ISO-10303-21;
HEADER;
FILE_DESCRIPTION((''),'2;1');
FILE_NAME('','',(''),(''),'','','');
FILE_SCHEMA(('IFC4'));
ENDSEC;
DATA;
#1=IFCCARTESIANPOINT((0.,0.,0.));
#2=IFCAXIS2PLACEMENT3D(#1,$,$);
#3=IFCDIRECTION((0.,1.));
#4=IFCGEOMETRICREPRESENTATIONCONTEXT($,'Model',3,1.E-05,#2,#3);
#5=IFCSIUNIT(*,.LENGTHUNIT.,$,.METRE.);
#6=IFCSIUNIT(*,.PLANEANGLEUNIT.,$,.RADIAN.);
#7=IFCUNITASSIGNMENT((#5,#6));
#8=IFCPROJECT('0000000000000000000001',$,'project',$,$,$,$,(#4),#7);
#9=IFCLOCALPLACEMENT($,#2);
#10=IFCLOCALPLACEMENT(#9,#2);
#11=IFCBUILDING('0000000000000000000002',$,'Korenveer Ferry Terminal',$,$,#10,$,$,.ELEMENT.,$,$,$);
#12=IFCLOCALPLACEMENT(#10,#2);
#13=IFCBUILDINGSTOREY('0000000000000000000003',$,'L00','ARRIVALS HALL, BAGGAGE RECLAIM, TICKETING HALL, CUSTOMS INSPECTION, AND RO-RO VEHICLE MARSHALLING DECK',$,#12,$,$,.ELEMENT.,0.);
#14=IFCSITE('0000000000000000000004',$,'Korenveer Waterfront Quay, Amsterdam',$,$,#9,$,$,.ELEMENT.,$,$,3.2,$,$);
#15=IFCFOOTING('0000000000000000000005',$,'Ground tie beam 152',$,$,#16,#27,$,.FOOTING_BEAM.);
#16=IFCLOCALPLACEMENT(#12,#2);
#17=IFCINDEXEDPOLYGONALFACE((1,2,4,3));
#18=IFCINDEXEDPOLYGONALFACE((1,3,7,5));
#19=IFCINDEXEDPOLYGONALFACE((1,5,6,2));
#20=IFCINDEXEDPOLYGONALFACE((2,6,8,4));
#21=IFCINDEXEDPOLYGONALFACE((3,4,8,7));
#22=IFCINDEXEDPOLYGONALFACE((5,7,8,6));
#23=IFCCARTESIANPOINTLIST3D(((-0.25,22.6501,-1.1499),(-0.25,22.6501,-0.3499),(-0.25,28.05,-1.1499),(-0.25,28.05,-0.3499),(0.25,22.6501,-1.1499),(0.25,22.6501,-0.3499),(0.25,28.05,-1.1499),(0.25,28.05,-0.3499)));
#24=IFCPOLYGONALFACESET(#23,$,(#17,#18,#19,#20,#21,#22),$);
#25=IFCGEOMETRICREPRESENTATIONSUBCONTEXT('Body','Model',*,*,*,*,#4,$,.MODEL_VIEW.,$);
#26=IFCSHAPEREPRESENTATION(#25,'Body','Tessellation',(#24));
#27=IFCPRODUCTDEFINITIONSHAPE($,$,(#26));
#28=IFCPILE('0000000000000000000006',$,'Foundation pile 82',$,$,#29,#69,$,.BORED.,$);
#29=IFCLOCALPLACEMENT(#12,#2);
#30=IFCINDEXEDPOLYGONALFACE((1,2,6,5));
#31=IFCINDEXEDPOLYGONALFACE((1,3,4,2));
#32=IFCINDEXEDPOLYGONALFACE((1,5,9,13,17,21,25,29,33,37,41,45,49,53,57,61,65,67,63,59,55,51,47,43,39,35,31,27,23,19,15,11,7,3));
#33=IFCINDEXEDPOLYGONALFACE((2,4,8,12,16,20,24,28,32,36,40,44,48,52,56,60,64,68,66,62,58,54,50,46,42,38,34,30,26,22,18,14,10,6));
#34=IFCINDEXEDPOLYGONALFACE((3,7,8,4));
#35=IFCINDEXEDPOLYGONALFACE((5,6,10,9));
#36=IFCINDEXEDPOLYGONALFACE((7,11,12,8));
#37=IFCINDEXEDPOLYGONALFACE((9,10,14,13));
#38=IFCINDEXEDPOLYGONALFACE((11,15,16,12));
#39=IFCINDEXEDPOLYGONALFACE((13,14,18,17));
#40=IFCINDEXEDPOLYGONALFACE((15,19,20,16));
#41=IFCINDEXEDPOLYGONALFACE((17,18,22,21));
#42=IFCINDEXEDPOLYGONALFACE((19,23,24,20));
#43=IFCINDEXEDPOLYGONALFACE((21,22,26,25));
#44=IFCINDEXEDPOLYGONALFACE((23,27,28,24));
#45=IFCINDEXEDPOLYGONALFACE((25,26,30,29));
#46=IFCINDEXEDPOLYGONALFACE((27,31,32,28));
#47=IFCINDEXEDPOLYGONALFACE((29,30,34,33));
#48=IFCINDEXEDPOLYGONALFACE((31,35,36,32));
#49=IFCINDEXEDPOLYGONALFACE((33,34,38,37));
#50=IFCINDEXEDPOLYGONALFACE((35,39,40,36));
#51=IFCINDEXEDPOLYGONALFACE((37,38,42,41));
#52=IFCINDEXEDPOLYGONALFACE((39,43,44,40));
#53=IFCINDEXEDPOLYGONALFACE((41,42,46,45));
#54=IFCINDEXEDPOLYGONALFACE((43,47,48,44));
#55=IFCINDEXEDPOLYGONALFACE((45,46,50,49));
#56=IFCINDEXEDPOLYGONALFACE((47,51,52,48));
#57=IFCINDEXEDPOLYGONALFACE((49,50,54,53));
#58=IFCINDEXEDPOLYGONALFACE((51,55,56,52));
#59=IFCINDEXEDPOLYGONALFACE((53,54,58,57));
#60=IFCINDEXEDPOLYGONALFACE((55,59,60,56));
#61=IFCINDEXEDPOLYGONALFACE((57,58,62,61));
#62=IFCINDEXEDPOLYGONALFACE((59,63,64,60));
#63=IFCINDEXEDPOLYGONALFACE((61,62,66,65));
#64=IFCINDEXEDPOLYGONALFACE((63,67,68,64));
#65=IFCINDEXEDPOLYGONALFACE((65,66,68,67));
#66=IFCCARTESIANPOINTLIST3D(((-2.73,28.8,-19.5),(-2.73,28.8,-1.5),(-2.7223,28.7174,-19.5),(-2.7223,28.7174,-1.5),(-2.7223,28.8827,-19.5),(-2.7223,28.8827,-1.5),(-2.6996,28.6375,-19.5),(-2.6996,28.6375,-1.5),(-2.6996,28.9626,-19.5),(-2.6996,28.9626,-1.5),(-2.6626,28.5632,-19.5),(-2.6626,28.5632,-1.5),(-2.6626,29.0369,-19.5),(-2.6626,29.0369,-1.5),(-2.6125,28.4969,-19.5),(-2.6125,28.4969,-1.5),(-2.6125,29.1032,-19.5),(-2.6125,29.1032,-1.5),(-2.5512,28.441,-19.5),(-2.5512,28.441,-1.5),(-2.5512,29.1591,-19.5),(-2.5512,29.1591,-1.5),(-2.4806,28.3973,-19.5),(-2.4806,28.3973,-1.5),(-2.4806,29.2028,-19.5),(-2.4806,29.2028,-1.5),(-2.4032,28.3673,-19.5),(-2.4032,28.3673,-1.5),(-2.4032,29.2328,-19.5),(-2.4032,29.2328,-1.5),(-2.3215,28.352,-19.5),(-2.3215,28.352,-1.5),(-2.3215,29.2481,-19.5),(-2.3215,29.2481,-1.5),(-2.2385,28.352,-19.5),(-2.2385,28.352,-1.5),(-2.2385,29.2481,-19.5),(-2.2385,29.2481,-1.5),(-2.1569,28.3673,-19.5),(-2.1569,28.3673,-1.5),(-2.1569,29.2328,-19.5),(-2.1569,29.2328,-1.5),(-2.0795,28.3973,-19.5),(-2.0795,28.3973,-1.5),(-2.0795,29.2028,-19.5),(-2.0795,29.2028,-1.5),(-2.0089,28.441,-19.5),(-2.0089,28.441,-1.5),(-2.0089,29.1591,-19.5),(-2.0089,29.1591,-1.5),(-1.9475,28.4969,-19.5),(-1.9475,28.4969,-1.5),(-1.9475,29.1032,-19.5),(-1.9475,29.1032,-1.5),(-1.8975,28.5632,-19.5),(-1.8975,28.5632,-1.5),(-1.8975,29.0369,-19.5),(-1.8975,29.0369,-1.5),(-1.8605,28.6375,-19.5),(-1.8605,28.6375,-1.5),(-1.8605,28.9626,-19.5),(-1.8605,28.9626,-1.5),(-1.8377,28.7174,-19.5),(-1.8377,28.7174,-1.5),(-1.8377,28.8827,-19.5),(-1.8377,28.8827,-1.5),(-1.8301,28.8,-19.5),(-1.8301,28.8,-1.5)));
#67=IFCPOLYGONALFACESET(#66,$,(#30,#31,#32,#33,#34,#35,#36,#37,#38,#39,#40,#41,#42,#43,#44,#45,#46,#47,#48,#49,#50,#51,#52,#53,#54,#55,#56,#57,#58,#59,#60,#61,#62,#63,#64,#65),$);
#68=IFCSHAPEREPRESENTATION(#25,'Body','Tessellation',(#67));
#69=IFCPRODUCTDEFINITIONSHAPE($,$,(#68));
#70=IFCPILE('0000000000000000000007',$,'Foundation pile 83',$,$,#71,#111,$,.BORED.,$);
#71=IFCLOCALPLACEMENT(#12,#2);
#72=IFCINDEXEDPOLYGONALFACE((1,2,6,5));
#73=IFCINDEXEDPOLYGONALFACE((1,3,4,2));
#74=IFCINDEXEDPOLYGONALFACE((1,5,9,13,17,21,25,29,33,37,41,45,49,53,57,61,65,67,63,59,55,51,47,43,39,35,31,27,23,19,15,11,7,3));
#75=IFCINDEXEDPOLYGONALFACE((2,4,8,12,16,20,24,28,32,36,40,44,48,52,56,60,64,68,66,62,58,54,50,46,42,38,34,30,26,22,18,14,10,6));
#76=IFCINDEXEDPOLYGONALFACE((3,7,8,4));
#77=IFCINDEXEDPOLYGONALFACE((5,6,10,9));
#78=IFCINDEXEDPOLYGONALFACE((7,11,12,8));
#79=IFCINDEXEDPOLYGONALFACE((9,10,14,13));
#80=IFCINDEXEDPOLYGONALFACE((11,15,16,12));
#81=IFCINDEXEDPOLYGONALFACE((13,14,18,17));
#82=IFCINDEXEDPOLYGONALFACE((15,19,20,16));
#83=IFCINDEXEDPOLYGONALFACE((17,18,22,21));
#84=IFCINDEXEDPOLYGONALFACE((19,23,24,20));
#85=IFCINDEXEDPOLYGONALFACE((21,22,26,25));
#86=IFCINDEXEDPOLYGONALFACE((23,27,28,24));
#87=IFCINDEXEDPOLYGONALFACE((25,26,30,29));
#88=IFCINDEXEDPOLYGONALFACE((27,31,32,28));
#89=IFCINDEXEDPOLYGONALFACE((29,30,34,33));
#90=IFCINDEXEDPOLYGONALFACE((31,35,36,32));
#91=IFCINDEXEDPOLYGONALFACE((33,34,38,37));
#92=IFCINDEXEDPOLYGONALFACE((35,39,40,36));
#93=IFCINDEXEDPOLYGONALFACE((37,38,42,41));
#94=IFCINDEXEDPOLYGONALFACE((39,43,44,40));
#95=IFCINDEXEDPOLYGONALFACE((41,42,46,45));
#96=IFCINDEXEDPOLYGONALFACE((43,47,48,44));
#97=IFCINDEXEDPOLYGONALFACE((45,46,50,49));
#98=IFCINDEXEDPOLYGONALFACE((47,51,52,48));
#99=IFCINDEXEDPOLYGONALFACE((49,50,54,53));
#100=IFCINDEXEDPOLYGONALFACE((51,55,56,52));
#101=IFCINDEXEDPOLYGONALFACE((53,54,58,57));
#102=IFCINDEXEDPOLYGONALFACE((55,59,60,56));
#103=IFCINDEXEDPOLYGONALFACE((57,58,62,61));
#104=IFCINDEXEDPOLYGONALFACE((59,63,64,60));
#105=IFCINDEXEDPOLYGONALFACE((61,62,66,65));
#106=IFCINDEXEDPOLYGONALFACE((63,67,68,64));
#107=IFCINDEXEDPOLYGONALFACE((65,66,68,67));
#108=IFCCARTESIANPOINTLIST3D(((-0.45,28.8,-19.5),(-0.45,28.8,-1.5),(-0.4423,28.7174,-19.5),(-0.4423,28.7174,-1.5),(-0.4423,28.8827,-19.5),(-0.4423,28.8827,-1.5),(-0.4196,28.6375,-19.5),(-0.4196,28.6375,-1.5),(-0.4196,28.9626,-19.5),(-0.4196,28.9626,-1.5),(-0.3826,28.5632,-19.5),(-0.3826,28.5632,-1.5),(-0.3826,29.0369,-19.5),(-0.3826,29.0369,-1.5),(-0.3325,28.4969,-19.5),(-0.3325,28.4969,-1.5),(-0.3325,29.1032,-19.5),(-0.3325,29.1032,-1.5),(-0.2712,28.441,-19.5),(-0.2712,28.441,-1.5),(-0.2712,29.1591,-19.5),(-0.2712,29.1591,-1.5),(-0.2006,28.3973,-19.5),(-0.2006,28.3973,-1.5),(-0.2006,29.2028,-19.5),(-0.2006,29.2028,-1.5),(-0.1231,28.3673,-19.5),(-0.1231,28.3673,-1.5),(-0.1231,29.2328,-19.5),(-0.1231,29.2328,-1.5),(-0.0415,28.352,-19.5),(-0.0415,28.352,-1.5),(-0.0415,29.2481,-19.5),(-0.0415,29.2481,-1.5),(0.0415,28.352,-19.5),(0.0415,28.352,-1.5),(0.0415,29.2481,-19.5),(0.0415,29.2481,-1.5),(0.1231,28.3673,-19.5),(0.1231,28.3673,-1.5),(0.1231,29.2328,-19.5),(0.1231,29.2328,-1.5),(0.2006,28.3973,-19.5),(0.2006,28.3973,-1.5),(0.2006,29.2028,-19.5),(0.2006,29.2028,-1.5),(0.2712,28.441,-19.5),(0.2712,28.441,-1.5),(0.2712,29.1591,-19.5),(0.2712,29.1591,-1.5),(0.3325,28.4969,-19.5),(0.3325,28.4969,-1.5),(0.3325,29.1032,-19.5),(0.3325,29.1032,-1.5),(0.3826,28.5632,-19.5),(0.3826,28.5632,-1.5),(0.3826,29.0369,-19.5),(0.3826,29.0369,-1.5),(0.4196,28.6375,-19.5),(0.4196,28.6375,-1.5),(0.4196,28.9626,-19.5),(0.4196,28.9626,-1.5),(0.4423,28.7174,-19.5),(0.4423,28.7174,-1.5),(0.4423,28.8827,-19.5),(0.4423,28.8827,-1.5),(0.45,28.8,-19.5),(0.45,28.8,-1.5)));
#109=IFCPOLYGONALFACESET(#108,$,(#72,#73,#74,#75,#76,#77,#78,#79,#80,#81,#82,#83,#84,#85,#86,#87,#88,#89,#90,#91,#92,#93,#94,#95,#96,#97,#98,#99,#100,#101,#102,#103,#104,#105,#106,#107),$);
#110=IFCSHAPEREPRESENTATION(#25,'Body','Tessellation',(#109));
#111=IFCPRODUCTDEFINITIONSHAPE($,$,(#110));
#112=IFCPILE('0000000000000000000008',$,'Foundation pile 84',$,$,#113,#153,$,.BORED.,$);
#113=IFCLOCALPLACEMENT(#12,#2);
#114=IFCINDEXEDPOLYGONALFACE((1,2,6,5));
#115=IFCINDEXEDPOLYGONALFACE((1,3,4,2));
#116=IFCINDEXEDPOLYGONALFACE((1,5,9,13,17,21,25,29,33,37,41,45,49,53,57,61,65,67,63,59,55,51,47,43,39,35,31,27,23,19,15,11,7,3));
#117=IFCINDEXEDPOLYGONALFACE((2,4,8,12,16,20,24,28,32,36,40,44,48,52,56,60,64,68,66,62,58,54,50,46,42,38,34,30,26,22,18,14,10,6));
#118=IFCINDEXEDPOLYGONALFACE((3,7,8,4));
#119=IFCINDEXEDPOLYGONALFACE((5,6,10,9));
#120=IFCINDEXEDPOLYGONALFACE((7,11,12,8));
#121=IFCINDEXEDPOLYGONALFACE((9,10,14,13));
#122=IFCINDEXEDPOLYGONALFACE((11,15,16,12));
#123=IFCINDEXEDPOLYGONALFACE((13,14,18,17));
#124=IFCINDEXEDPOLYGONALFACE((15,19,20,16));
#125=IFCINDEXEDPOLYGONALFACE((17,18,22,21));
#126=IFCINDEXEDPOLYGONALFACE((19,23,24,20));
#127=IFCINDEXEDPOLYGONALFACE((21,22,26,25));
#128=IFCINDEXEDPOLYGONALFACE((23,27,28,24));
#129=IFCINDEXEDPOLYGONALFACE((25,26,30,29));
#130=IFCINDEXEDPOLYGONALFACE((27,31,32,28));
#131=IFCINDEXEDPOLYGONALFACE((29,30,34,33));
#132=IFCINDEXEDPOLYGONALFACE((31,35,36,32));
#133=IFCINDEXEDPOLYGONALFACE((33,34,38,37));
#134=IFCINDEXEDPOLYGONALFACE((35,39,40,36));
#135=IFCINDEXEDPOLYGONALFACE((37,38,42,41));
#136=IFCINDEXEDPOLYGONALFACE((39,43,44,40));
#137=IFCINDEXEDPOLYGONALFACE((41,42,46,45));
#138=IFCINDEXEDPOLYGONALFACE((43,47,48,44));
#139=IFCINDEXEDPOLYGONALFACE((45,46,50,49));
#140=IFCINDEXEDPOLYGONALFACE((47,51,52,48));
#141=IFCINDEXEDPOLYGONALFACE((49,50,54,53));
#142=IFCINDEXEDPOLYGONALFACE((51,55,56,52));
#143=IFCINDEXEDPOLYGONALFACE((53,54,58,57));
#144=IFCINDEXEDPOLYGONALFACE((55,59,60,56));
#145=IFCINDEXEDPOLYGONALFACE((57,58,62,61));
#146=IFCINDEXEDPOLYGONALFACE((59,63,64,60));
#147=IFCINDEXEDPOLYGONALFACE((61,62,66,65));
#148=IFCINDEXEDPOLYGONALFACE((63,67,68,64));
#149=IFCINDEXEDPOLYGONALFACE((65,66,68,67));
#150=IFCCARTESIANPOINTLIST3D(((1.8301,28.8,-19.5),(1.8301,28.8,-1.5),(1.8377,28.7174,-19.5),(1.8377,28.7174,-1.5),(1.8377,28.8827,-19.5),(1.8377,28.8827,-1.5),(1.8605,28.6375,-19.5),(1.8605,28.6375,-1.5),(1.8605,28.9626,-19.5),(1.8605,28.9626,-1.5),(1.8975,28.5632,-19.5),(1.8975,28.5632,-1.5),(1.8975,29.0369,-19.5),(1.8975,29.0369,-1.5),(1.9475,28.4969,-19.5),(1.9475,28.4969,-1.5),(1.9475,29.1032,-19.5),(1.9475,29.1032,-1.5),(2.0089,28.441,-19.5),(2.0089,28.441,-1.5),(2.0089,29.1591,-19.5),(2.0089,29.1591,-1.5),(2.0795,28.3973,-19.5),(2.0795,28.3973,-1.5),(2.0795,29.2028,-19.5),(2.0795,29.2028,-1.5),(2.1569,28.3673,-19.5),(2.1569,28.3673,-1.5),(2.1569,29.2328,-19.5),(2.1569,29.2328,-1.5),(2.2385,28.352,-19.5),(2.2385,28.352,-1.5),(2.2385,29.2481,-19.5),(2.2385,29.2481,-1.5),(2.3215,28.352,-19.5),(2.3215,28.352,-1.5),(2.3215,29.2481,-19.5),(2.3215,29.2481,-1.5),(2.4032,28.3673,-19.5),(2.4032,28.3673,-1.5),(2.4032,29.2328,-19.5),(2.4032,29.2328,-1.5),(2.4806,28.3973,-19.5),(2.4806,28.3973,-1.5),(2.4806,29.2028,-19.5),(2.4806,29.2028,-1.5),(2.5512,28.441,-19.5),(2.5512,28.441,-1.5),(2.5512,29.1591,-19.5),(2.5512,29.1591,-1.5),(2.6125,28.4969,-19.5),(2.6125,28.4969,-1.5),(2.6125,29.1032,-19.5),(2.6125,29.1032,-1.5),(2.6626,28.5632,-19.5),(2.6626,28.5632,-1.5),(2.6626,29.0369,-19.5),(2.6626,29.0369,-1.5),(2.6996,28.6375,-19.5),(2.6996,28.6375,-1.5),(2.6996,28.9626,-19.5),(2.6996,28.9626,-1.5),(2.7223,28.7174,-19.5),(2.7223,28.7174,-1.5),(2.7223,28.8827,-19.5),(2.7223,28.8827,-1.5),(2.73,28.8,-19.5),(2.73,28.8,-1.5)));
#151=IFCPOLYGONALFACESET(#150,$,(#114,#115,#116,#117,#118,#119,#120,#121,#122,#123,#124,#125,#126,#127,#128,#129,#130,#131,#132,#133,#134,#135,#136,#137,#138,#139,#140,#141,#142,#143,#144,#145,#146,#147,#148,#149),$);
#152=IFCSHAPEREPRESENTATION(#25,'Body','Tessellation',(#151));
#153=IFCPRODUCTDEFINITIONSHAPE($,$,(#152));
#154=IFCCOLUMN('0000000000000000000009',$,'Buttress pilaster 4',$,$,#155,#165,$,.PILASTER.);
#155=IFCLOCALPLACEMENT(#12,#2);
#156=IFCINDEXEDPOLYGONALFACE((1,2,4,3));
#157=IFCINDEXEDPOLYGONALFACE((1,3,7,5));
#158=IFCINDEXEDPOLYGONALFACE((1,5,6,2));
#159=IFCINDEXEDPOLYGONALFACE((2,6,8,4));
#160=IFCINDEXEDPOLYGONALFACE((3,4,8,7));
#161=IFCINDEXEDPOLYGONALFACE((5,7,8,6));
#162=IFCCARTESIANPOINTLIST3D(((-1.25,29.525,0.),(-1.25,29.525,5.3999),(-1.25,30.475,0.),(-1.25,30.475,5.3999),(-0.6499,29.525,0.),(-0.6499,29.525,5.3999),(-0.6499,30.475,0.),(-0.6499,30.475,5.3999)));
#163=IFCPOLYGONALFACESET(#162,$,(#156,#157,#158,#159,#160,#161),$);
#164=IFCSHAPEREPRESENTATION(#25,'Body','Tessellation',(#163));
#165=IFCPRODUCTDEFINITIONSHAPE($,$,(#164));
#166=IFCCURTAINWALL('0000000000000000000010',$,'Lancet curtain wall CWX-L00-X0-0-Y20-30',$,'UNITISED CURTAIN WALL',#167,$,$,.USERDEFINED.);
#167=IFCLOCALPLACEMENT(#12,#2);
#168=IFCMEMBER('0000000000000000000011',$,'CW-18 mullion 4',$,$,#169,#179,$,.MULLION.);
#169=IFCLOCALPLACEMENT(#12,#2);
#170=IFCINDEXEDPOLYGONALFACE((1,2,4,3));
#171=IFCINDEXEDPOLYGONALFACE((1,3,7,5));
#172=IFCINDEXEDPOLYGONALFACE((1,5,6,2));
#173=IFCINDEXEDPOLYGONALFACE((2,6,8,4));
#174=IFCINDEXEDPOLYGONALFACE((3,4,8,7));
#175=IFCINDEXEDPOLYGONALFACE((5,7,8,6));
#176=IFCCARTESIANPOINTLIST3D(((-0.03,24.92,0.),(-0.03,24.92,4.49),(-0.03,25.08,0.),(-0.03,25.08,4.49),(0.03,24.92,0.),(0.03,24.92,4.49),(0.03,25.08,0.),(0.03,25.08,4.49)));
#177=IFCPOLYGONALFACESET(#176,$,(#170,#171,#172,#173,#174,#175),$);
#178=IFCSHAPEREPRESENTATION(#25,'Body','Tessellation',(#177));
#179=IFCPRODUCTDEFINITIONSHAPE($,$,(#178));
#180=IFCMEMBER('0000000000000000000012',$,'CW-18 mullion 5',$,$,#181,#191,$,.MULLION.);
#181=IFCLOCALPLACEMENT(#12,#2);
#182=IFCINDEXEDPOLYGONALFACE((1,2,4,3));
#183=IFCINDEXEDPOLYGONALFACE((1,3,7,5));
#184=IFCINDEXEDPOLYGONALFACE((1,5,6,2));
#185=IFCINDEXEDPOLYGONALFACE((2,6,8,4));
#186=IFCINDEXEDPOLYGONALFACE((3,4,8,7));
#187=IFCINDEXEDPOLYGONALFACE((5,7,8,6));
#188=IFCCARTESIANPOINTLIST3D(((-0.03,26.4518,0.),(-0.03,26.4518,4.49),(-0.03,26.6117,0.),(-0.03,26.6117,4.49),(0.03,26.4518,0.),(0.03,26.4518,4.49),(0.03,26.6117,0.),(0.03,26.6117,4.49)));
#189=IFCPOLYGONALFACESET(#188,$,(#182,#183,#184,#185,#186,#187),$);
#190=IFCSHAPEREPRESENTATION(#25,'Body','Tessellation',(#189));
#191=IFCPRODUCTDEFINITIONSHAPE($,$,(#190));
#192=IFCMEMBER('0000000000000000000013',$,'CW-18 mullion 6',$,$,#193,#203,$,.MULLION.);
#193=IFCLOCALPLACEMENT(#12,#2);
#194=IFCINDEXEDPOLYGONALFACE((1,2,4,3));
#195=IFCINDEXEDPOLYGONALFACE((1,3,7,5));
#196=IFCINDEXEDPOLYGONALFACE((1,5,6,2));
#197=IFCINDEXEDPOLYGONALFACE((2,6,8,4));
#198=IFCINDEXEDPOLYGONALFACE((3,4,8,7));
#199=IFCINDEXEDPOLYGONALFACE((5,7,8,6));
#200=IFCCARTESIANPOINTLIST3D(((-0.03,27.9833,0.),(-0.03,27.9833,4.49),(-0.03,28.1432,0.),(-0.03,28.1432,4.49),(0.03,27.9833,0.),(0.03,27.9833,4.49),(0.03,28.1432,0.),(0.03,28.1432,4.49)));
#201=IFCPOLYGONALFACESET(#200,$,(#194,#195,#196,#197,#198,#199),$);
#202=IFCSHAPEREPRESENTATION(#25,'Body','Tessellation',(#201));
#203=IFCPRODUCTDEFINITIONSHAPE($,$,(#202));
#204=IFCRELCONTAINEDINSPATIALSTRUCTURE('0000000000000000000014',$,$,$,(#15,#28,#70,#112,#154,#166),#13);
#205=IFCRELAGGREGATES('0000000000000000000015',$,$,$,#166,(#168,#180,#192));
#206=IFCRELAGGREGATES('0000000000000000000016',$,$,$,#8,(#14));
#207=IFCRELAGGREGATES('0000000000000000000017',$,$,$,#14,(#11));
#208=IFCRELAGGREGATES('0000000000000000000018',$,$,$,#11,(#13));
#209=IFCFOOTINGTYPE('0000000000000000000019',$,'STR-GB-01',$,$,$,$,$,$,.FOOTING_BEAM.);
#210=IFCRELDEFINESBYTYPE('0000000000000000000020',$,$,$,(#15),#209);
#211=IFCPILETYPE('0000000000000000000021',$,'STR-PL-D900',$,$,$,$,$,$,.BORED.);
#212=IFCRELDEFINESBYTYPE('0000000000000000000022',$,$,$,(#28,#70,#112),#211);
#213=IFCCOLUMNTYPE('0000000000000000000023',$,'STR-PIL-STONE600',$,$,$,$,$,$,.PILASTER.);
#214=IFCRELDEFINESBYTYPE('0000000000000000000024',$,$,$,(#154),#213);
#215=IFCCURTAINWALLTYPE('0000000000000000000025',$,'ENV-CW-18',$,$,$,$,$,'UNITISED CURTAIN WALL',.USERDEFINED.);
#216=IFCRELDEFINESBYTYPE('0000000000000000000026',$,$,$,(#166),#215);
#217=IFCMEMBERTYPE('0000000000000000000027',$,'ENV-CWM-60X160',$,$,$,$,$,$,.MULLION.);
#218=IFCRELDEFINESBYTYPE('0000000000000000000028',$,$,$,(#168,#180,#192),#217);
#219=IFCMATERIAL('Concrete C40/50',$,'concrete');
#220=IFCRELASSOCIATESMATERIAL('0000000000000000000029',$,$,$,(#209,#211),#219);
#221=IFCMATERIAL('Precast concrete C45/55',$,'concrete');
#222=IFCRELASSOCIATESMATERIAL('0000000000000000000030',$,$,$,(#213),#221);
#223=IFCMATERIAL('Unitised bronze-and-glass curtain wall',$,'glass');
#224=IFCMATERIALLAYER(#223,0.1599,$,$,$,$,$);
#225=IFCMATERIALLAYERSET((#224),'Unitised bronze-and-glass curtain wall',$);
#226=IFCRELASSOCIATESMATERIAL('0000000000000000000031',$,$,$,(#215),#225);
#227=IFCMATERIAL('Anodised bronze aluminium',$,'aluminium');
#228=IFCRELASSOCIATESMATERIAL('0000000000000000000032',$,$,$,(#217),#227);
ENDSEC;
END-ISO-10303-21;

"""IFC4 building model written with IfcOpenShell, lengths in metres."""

from ifc_helpers import new_model, si_unit, direction, frame, origin, origin_2d, place, context, subcontext, project, spatial, rectangle, circle, extrude, material, layer, layer_set, material_profile, profile_set, type_object, element, aggregate, save


model = new_model("IFC4")

# Units and contexts
model_context = context("Model", 3, precision=1e-05, world=origin(), true_north=direction((0.0, 1.0)))
body_context = subcontext(model_context, "Body", "Model", "MODEL_VIEW")
ifc_project = project(units=[si_unit("LENGTHUNIT", "METRE"), si_unit("PLANEANGLEUNIT", "RADIAN")], contexts=[model_context])

# Site, building, storey
site_placement = place(None, origin())
site = spatial("IfcSite", under=ifc_project, at=site_placement, Name="Korenveer Waterfront Quay, Amsterdam", CompositionType="ELEMENT", RefElevation=3.2)
building_placement = place(site_placement, origin())
building = spatial("IfcBuilding", under=site, at=building_placement, Name="Korenveer Ferry Terminal", CompositionType="ELEMENT")
storey_placement = place(building_placement, origin())
storey = spatial("IfcBuildingStorey", under=building, at=storey_placement, Name="L00", Description="ARRIVALS HALL, BAGGAGE RECLAIM, TICKETING HALL, CUSTOMS INSPECTION, AND RO-RO VEHICLE MARSHALLING DECK", CompositionType="ELEMENT", Elevation=0.0)

# Footing
ifc_material_1 = material(Name="Concrete C40/50", Category="concrete")
footing_type = type_object("IfcFootingType", Name="STR-GB-01", PredefinedType="FOOTING_BEAM", material=ifc_material_1)
footing_placement = place(storey_placement, frame((0.0, 25.3501, -1.1499), z_axis=(0.0, 0.0, 1.0), x_axis=(1.0, 0.0, 0.0)))
element("IfcFooting", 1, at=footing_placement, inside=storey, type_object=footing_type, Name="Ground tie beam 152", PredefinedType="FOOTING_BEAM", context=body_context, shape_type="SweptSolid", body=[
    extrude(rectangle(XDim=0.5, YDim=5.3999, at=origin_2d()), origin(), (0.0, 0.0, 1.0), 0.8),
])

# Piles
ifc_material_profile_1 = material_profile(ifc_material_1, circle(Radius=0.45, at=origin_2d()), Name="PILE D900")
ifc_profile_set_1 = profile_set([ifc_material_profile_1], Name="Concrete C40/50")
pile_type = type_object("IfcPileType", Name="STR-PL-D900", PredefinedType="BORED", material=ifc_profile_set_1)
for number, where, z_axis, x_axis, name in (
    (2, (-2.28, 28.8, -1.5), (0.0, 0.0, -1.0), (1.0, 0.0, 0.0), "Foundation pile 82"),
    (3, (0.0, 28.8, -1.5), (0.0, 0.0, -1.0), (1.0, 0.0, 0.0), "Foundation pile 83"),
    (4, (2.28, 28.8, -1.5), (0.0, 0.0, -1.0), (1.0, 0.0, 0.0), "Foundation pile 84"),
):
    element("IfcPile", number, at=place(storey_placement, frame(where, z_axis=z_axis, x_axis=x_axis)), inside=storey, type_object=pile_type, Name=name, PredefinedType="BORED", context=body_context, shape_type="SweptSolid", body=[
        extrude(circle(Radius=0.45, at=origin_2d()), origin(), (0.0, 0.0, 1.0), 18.0),
    ])

# Column
ifc_material_2 = material(Name="Precast concrete C45/55", Category="concrete")
ifc_material_profile_2 = material_profile(ifc_material_2, rectangle(XDim=0.6001, YDim=0.95, at=origin_2d()), Name="RC 600x950")
ifc_profile_set_2 = profile_set([ifc_material_profile_2], Name="Precast concrete C45/55")
column_type = type_object("IfcColumnType", Name="STR-PIL-STONE600", PredefinedType="PILASTER", material=ifc_profile_set_2)
column_placement = place(storey_placement, frame((-0.95, 30.0, 0.0), z_axis=(0.0, 0.0, 1.0), x_axis=(1.0, 0.0, 0.0)))
element("IfcColumn", 5, at=column_placement, inside=storey, type_object=column_type, Name="Buttress pilaster 4", PredefinedType="PILASTER", context=body_context, shape_type="SweptSolid", body=[
    extrude(rectangle(XDim=0.6001, YDim=0.95, at=origin_2d()), origin(), (0.0, 0.0, 1.0), 5.3999),
])

# Curtain wall, members
ifc_material_3 = material(Name="Unitised bronze-and-glass curtain wall", Category="glass")
ifc_layer_1 = layer(ifc_material_3, 0.1599)
ifc_layer_set_1 = layer_set([ifc_layer_1], Name="Unitised bronze-and-glass curtain wall")
curtain_wall_type = type_object("IfcCurtainWallType", Name="ENV-CW-18", ElementType="UNITISED CURTAIN WALL", PredefinedType="USERDEFINED", material=ifc_layer_set_1)
curtain_wall_placement = place(storey_placement, frame((0.0, 20.405, 0.0)))
curtain_wall = element("IfcCurtainWall", 6, at=curtain_wall_placement, inside=storey, type_object=curtain_wall_type, Name="Lancet curtain wall CWX-L00-X0-0-Y20-30", ObjectType="UNITISED CURTAIN WALL", PredefinedType="USERDEFINED")
ifc_material_4 = material(Name="Anodised bronze aluminium", Category="aluminium")
ifc_material_profile_3 = material_profile(ifc_material_4, rectangle(XDim=0.0601, YDim=0.1599, at=origin_2d()), Name="ALU 60x160")
ifc_profile_set_3 = profile_set([ifc_material_profile_3], Name="Anodised bronze aluminium")
member_type_1 = type_object("IfcMemberType", Name="ENV-CWM-60X160", PredefinedType="MULLION", material=ifc_profile_set_3)
member_1_placement = place(storey_placement, frame((0.0, 25.0, 0.0), z_axis=(0.0, 0.0, 1.0), x_axis=(-1.0, 0.0, 0.0)))
member_1 = element("IfcMember", 7, at=member_1_placement, type_object=member_type_1, Name="CW-18 mullion 4", PredefinedType="MULLION", context=body_context, shape_type="SweptSolid", body=[
    extrude(rectangle(XDim=0.0601, YDim=0.1599, at=origin_2d()), origin(), (0.0, 0.0, 1.0), 4.49),
])
member_2_placement = place(storey_placement, frame((0.0, 26.5317, 0.0), z_axis=(0.0, 0.0, 1.0), x_axis=(-1.0, 0.0, 0.0)))
member_2 = element("IfcMember", 8, at=member_2_placement, type_object=member_type_1, Name="CW-18 mullion 5", PredefinedType="MULLION", context=body_context, shape_type="SweptSolid", body=[
    extrude(rectangle(XDim=0.0601, YDim=0.1599, at=origin_2d()), origin(), (0.0, 0.0, 1.0), 4.49),
])
member_3_placement = place(storey_placement, frame((0.0, 28.0632, 0.0), z_axis=(0.0, 0.0, 1.0), x_axis=(-1.0, 0.0, 0.0)))
member_3 = element("IfcMember", 9, at=member_3_placement, type_object=member_type_1, Name="CW-18 mullion 6", PredefinedType="MULLION", context=body_context, shape_type="SweptSolid", body=[
    extrude(rectangle(XDim=0.0601, YDim=0.1599, at=origin_2d()), origin(), (0.0, 0.0, 1.0), 4.49),
])
aggregate(curtain_wall, [member_1, member_2, member_3])

save(model, "model.ifc")
